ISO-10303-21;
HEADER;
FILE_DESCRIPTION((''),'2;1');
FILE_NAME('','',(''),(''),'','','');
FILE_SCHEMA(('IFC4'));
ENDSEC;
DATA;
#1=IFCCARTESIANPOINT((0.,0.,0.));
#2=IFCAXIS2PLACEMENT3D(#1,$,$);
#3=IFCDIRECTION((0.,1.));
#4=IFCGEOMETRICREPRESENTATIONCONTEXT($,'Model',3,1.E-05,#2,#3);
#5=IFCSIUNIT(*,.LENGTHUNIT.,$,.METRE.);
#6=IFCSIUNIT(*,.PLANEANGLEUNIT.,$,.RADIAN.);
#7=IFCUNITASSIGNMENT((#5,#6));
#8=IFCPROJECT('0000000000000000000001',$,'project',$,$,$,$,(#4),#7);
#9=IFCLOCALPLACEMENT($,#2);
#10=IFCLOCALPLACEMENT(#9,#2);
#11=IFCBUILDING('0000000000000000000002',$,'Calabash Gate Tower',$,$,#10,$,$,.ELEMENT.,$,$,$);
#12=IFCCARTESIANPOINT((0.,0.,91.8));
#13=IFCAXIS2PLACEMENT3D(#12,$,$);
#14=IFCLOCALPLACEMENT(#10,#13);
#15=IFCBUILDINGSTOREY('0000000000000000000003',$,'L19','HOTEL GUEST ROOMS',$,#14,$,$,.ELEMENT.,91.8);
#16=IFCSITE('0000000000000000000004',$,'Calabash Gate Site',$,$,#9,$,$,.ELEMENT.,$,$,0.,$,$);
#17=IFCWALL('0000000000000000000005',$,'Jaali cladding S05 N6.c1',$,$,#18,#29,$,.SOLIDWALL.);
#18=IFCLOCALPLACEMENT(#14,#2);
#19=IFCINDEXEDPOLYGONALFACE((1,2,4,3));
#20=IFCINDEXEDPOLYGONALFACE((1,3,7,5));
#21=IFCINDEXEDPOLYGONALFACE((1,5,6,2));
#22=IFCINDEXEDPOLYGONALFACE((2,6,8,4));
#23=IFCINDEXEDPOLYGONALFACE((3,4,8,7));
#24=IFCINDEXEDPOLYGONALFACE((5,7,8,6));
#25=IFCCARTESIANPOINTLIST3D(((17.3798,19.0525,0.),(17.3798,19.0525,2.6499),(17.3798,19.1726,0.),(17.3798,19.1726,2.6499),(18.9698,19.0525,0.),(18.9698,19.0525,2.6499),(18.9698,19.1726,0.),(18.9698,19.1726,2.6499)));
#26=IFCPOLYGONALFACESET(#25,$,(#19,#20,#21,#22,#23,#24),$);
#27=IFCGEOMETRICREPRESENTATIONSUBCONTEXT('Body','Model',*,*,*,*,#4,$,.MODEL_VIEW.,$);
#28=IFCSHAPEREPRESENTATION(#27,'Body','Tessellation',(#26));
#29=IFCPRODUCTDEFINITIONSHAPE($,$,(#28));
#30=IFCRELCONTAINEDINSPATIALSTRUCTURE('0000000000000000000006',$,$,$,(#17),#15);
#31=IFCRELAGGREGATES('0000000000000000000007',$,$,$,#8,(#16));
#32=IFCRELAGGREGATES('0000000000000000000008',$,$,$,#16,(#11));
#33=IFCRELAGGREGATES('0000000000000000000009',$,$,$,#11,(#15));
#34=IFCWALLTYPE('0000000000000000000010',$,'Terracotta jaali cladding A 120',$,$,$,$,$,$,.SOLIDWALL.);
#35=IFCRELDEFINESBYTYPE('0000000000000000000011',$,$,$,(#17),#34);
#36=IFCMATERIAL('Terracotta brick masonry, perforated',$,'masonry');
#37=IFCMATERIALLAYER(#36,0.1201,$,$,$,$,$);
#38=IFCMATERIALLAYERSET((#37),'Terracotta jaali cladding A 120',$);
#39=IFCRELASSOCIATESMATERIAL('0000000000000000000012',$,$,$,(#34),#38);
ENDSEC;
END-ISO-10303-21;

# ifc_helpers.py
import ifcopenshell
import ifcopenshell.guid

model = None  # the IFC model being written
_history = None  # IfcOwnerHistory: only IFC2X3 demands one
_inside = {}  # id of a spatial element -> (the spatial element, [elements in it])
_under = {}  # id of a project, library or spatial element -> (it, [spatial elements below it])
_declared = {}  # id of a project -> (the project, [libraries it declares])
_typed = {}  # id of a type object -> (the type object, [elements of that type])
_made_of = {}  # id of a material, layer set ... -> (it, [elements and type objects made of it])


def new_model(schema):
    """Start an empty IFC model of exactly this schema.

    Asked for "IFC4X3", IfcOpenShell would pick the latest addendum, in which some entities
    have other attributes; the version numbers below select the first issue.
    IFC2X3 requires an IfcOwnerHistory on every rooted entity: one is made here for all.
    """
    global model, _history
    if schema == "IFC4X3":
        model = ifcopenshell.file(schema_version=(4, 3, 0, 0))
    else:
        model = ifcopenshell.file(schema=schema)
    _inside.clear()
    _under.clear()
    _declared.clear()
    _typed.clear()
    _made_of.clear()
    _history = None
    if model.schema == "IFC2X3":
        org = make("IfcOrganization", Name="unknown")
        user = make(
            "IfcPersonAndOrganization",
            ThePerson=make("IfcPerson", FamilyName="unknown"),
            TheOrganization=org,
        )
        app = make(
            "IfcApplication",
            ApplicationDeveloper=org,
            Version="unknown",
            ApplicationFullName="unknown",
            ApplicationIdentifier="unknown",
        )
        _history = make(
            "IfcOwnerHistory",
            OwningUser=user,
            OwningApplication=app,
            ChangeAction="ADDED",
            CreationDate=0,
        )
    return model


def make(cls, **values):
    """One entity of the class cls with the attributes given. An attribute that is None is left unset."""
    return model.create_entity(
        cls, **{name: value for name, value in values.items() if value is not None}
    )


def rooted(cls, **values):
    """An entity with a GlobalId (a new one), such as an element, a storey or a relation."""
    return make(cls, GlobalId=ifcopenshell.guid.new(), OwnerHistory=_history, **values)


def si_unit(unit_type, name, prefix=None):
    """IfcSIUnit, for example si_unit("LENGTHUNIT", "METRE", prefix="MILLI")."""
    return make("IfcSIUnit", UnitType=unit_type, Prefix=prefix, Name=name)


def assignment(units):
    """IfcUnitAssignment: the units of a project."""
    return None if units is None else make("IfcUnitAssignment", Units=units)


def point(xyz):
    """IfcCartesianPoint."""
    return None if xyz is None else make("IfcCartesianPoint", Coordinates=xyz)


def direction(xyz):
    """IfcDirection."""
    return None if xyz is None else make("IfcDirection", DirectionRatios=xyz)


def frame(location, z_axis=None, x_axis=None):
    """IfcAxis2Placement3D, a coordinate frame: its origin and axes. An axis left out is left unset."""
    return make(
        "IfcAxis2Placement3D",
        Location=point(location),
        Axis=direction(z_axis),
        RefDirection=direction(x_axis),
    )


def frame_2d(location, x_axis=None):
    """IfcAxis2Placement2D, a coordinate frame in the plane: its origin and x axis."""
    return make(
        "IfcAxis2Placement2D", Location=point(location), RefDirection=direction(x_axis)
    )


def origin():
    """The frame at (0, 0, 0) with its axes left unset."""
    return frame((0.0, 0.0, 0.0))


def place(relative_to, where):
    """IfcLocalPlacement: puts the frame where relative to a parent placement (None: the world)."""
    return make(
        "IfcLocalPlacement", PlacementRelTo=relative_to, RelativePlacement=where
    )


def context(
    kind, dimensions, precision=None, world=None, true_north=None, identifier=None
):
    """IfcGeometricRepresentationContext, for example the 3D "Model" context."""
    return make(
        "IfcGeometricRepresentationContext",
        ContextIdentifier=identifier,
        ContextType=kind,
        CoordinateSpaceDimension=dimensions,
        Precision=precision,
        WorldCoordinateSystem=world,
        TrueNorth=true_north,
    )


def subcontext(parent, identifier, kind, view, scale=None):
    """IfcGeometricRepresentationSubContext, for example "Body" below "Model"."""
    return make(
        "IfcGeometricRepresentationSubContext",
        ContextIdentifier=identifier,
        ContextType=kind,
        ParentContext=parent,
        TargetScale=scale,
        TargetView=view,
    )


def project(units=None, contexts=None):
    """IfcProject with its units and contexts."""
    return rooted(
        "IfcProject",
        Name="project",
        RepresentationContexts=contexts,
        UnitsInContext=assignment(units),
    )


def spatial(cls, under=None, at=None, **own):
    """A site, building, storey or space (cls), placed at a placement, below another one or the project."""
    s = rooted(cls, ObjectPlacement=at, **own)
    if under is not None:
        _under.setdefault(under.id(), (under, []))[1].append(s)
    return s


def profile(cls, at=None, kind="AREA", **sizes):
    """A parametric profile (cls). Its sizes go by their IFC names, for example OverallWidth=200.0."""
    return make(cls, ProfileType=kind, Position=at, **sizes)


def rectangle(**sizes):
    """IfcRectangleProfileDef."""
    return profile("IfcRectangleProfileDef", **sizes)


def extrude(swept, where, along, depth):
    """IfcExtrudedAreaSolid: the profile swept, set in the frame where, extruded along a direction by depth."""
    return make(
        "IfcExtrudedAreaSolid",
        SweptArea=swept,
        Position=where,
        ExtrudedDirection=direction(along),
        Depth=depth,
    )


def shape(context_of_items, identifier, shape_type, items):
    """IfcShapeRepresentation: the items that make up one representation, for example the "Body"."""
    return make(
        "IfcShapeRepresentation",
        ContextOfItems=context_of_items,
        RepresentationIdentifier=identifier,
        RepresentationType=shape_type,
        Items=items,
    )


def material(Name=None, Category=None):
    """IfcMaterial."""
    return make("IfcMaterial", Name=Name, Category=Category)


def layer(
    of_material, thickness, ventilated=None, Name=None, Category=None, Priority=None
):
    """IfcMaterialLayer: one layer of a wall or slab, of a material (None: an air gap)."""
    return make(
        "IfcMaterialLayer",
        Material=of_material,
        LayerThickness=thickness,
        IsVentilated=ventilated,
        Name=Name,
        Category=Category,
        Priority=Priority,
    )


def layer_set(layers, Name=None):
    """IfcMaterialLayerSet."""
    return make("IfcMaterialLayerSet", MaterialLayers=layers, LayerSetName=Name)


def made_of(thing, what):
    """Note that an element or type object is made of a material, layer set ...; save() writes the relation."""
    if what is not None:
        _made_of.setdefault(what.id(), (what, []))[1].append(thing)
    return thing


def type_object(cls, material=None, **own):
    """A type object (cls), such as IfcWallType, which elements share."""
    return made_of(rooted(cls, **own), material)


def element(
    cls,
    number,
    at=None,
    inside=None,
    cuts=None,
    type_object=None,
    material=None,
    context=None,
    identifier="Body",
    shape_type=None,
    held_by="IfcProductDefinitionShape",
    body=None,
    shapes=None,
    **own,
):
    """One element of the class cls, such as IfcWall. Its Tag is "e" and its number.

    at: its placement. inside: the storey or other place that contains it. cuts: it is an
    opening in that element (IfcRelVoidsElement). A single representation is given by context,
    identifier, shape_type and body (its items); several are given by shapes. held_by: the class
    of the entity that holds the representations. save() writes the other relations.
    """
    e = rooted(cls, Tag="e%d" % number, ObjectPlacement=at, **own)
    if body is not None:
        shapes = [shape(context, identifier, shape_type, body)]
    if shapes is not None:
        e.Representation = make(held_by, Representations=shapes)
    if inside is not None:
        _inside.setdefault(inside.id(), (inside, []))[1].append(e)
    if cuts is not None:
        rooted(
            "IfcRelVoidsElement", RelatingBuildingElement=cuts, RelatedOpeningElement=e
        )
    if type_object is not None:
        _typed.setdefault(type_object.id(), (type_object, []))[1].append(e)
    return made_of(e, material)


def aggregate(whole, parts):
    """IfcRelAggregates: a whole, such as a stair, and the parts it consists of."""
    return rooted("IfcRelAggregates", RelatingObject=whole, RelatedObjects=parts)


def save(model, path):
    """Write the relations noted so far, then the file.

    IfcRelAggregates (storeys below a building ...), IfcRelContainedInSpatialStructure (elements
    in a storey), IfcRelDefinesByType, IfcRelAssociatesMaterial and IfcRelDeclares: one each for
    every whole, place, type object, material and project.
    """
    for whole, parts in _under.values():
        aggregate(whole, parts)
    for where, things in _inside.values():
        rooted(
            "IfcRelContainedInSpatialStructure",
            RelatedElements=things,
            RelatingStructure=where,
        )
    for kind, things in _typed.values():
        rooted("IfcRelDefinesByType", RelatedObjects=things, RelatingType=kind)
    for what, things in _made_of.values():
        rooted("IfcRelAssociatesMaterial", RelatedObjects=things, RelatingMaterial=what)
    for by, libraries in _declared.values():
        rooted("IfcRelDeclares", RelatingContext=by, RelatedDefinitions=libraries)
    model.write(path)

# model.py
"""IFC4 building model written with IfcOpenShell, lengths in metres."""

from ifc_helpers import new_model, si_unit, direction, frame, frame_2d, origin, place, context, subcontext, project, spatial, rectangle, extrude, material, layer, layer_set, type_object, element, save


model = new_model("IFC4")

# Units and contexts
model_context = context("Model", 3, precision=1e-05, world=origin(), true_north=direction((0.0, 1.0)))
body_context = subcontext(model_context, "Body", "Model", "MODEL_VIEW")
ifc_project = project(units=[si_unit("LENGTHUNIT", "METRE"), si_unit("PLANEANGLEUNIT", "RADIAN")], contexts=[model_context])

# Site, building, storey
site_placement = place(None, origin())
site = spatial("IfcSite", under=ifc_project, at=site_placement, Name="Calabash Gate Site", CompositionType="ELEMENT", RefElevation=0.0)
building_placement = place(site_placement, origin())
building = spatial("IfcBuilding", under=site, at=building_placement, Name="Calabash Gate Tower", CompositionType="ELEMENT")
storey_placement = place(building_placement, frame((0.0, 0.0, 91.8)))
storey = spatial("IfcBuildingStorey", under=building, at=storey_placement, Name="L19", Description="HOTEL GUEST ROOMS", CompositionType="ELEMENT", Elevation=91.8)

# Wall
ifc_material_1 = material(Name="Terracotta brick masonry, perforated", Category="masonry")
ifc_layer_1 = layer(ifc_material_1, 0.1201)
ifc_layer_set_1 = layer_set([ifc_layer_1], Name="Terracotta jaali cladding A 120")
wall_type_1 = type_object("IfcWallType", Name="Terracotta jaali cladding A 120", PredefinedType="SOLIDWALL", material=ifc_layer_set_1)
wall_1_placement = place(storey_placement, frame((17.3799, 19.1125, 0.0), z_axis=(0.0, 0.0, 1.0), x_axis=(1.0, 0.0, 0.0)))
element("IfcWall", 1, at=wall_1_placement, inside=storey, type_object=wall_type_1, Name="Jaali cladding S05 N6.c1", PredefinedType="SOLIDWALL", context=body_context, shape_type="SweptSolid", body=[
    extrude(rectangle(XDim=1.5901, YDim=0.1201, at=frame_2d((0.7949, 0.0))), origin(), (0.0, 0.0, 1.0), 2.6499),
])

save(model, "model.ifc")
